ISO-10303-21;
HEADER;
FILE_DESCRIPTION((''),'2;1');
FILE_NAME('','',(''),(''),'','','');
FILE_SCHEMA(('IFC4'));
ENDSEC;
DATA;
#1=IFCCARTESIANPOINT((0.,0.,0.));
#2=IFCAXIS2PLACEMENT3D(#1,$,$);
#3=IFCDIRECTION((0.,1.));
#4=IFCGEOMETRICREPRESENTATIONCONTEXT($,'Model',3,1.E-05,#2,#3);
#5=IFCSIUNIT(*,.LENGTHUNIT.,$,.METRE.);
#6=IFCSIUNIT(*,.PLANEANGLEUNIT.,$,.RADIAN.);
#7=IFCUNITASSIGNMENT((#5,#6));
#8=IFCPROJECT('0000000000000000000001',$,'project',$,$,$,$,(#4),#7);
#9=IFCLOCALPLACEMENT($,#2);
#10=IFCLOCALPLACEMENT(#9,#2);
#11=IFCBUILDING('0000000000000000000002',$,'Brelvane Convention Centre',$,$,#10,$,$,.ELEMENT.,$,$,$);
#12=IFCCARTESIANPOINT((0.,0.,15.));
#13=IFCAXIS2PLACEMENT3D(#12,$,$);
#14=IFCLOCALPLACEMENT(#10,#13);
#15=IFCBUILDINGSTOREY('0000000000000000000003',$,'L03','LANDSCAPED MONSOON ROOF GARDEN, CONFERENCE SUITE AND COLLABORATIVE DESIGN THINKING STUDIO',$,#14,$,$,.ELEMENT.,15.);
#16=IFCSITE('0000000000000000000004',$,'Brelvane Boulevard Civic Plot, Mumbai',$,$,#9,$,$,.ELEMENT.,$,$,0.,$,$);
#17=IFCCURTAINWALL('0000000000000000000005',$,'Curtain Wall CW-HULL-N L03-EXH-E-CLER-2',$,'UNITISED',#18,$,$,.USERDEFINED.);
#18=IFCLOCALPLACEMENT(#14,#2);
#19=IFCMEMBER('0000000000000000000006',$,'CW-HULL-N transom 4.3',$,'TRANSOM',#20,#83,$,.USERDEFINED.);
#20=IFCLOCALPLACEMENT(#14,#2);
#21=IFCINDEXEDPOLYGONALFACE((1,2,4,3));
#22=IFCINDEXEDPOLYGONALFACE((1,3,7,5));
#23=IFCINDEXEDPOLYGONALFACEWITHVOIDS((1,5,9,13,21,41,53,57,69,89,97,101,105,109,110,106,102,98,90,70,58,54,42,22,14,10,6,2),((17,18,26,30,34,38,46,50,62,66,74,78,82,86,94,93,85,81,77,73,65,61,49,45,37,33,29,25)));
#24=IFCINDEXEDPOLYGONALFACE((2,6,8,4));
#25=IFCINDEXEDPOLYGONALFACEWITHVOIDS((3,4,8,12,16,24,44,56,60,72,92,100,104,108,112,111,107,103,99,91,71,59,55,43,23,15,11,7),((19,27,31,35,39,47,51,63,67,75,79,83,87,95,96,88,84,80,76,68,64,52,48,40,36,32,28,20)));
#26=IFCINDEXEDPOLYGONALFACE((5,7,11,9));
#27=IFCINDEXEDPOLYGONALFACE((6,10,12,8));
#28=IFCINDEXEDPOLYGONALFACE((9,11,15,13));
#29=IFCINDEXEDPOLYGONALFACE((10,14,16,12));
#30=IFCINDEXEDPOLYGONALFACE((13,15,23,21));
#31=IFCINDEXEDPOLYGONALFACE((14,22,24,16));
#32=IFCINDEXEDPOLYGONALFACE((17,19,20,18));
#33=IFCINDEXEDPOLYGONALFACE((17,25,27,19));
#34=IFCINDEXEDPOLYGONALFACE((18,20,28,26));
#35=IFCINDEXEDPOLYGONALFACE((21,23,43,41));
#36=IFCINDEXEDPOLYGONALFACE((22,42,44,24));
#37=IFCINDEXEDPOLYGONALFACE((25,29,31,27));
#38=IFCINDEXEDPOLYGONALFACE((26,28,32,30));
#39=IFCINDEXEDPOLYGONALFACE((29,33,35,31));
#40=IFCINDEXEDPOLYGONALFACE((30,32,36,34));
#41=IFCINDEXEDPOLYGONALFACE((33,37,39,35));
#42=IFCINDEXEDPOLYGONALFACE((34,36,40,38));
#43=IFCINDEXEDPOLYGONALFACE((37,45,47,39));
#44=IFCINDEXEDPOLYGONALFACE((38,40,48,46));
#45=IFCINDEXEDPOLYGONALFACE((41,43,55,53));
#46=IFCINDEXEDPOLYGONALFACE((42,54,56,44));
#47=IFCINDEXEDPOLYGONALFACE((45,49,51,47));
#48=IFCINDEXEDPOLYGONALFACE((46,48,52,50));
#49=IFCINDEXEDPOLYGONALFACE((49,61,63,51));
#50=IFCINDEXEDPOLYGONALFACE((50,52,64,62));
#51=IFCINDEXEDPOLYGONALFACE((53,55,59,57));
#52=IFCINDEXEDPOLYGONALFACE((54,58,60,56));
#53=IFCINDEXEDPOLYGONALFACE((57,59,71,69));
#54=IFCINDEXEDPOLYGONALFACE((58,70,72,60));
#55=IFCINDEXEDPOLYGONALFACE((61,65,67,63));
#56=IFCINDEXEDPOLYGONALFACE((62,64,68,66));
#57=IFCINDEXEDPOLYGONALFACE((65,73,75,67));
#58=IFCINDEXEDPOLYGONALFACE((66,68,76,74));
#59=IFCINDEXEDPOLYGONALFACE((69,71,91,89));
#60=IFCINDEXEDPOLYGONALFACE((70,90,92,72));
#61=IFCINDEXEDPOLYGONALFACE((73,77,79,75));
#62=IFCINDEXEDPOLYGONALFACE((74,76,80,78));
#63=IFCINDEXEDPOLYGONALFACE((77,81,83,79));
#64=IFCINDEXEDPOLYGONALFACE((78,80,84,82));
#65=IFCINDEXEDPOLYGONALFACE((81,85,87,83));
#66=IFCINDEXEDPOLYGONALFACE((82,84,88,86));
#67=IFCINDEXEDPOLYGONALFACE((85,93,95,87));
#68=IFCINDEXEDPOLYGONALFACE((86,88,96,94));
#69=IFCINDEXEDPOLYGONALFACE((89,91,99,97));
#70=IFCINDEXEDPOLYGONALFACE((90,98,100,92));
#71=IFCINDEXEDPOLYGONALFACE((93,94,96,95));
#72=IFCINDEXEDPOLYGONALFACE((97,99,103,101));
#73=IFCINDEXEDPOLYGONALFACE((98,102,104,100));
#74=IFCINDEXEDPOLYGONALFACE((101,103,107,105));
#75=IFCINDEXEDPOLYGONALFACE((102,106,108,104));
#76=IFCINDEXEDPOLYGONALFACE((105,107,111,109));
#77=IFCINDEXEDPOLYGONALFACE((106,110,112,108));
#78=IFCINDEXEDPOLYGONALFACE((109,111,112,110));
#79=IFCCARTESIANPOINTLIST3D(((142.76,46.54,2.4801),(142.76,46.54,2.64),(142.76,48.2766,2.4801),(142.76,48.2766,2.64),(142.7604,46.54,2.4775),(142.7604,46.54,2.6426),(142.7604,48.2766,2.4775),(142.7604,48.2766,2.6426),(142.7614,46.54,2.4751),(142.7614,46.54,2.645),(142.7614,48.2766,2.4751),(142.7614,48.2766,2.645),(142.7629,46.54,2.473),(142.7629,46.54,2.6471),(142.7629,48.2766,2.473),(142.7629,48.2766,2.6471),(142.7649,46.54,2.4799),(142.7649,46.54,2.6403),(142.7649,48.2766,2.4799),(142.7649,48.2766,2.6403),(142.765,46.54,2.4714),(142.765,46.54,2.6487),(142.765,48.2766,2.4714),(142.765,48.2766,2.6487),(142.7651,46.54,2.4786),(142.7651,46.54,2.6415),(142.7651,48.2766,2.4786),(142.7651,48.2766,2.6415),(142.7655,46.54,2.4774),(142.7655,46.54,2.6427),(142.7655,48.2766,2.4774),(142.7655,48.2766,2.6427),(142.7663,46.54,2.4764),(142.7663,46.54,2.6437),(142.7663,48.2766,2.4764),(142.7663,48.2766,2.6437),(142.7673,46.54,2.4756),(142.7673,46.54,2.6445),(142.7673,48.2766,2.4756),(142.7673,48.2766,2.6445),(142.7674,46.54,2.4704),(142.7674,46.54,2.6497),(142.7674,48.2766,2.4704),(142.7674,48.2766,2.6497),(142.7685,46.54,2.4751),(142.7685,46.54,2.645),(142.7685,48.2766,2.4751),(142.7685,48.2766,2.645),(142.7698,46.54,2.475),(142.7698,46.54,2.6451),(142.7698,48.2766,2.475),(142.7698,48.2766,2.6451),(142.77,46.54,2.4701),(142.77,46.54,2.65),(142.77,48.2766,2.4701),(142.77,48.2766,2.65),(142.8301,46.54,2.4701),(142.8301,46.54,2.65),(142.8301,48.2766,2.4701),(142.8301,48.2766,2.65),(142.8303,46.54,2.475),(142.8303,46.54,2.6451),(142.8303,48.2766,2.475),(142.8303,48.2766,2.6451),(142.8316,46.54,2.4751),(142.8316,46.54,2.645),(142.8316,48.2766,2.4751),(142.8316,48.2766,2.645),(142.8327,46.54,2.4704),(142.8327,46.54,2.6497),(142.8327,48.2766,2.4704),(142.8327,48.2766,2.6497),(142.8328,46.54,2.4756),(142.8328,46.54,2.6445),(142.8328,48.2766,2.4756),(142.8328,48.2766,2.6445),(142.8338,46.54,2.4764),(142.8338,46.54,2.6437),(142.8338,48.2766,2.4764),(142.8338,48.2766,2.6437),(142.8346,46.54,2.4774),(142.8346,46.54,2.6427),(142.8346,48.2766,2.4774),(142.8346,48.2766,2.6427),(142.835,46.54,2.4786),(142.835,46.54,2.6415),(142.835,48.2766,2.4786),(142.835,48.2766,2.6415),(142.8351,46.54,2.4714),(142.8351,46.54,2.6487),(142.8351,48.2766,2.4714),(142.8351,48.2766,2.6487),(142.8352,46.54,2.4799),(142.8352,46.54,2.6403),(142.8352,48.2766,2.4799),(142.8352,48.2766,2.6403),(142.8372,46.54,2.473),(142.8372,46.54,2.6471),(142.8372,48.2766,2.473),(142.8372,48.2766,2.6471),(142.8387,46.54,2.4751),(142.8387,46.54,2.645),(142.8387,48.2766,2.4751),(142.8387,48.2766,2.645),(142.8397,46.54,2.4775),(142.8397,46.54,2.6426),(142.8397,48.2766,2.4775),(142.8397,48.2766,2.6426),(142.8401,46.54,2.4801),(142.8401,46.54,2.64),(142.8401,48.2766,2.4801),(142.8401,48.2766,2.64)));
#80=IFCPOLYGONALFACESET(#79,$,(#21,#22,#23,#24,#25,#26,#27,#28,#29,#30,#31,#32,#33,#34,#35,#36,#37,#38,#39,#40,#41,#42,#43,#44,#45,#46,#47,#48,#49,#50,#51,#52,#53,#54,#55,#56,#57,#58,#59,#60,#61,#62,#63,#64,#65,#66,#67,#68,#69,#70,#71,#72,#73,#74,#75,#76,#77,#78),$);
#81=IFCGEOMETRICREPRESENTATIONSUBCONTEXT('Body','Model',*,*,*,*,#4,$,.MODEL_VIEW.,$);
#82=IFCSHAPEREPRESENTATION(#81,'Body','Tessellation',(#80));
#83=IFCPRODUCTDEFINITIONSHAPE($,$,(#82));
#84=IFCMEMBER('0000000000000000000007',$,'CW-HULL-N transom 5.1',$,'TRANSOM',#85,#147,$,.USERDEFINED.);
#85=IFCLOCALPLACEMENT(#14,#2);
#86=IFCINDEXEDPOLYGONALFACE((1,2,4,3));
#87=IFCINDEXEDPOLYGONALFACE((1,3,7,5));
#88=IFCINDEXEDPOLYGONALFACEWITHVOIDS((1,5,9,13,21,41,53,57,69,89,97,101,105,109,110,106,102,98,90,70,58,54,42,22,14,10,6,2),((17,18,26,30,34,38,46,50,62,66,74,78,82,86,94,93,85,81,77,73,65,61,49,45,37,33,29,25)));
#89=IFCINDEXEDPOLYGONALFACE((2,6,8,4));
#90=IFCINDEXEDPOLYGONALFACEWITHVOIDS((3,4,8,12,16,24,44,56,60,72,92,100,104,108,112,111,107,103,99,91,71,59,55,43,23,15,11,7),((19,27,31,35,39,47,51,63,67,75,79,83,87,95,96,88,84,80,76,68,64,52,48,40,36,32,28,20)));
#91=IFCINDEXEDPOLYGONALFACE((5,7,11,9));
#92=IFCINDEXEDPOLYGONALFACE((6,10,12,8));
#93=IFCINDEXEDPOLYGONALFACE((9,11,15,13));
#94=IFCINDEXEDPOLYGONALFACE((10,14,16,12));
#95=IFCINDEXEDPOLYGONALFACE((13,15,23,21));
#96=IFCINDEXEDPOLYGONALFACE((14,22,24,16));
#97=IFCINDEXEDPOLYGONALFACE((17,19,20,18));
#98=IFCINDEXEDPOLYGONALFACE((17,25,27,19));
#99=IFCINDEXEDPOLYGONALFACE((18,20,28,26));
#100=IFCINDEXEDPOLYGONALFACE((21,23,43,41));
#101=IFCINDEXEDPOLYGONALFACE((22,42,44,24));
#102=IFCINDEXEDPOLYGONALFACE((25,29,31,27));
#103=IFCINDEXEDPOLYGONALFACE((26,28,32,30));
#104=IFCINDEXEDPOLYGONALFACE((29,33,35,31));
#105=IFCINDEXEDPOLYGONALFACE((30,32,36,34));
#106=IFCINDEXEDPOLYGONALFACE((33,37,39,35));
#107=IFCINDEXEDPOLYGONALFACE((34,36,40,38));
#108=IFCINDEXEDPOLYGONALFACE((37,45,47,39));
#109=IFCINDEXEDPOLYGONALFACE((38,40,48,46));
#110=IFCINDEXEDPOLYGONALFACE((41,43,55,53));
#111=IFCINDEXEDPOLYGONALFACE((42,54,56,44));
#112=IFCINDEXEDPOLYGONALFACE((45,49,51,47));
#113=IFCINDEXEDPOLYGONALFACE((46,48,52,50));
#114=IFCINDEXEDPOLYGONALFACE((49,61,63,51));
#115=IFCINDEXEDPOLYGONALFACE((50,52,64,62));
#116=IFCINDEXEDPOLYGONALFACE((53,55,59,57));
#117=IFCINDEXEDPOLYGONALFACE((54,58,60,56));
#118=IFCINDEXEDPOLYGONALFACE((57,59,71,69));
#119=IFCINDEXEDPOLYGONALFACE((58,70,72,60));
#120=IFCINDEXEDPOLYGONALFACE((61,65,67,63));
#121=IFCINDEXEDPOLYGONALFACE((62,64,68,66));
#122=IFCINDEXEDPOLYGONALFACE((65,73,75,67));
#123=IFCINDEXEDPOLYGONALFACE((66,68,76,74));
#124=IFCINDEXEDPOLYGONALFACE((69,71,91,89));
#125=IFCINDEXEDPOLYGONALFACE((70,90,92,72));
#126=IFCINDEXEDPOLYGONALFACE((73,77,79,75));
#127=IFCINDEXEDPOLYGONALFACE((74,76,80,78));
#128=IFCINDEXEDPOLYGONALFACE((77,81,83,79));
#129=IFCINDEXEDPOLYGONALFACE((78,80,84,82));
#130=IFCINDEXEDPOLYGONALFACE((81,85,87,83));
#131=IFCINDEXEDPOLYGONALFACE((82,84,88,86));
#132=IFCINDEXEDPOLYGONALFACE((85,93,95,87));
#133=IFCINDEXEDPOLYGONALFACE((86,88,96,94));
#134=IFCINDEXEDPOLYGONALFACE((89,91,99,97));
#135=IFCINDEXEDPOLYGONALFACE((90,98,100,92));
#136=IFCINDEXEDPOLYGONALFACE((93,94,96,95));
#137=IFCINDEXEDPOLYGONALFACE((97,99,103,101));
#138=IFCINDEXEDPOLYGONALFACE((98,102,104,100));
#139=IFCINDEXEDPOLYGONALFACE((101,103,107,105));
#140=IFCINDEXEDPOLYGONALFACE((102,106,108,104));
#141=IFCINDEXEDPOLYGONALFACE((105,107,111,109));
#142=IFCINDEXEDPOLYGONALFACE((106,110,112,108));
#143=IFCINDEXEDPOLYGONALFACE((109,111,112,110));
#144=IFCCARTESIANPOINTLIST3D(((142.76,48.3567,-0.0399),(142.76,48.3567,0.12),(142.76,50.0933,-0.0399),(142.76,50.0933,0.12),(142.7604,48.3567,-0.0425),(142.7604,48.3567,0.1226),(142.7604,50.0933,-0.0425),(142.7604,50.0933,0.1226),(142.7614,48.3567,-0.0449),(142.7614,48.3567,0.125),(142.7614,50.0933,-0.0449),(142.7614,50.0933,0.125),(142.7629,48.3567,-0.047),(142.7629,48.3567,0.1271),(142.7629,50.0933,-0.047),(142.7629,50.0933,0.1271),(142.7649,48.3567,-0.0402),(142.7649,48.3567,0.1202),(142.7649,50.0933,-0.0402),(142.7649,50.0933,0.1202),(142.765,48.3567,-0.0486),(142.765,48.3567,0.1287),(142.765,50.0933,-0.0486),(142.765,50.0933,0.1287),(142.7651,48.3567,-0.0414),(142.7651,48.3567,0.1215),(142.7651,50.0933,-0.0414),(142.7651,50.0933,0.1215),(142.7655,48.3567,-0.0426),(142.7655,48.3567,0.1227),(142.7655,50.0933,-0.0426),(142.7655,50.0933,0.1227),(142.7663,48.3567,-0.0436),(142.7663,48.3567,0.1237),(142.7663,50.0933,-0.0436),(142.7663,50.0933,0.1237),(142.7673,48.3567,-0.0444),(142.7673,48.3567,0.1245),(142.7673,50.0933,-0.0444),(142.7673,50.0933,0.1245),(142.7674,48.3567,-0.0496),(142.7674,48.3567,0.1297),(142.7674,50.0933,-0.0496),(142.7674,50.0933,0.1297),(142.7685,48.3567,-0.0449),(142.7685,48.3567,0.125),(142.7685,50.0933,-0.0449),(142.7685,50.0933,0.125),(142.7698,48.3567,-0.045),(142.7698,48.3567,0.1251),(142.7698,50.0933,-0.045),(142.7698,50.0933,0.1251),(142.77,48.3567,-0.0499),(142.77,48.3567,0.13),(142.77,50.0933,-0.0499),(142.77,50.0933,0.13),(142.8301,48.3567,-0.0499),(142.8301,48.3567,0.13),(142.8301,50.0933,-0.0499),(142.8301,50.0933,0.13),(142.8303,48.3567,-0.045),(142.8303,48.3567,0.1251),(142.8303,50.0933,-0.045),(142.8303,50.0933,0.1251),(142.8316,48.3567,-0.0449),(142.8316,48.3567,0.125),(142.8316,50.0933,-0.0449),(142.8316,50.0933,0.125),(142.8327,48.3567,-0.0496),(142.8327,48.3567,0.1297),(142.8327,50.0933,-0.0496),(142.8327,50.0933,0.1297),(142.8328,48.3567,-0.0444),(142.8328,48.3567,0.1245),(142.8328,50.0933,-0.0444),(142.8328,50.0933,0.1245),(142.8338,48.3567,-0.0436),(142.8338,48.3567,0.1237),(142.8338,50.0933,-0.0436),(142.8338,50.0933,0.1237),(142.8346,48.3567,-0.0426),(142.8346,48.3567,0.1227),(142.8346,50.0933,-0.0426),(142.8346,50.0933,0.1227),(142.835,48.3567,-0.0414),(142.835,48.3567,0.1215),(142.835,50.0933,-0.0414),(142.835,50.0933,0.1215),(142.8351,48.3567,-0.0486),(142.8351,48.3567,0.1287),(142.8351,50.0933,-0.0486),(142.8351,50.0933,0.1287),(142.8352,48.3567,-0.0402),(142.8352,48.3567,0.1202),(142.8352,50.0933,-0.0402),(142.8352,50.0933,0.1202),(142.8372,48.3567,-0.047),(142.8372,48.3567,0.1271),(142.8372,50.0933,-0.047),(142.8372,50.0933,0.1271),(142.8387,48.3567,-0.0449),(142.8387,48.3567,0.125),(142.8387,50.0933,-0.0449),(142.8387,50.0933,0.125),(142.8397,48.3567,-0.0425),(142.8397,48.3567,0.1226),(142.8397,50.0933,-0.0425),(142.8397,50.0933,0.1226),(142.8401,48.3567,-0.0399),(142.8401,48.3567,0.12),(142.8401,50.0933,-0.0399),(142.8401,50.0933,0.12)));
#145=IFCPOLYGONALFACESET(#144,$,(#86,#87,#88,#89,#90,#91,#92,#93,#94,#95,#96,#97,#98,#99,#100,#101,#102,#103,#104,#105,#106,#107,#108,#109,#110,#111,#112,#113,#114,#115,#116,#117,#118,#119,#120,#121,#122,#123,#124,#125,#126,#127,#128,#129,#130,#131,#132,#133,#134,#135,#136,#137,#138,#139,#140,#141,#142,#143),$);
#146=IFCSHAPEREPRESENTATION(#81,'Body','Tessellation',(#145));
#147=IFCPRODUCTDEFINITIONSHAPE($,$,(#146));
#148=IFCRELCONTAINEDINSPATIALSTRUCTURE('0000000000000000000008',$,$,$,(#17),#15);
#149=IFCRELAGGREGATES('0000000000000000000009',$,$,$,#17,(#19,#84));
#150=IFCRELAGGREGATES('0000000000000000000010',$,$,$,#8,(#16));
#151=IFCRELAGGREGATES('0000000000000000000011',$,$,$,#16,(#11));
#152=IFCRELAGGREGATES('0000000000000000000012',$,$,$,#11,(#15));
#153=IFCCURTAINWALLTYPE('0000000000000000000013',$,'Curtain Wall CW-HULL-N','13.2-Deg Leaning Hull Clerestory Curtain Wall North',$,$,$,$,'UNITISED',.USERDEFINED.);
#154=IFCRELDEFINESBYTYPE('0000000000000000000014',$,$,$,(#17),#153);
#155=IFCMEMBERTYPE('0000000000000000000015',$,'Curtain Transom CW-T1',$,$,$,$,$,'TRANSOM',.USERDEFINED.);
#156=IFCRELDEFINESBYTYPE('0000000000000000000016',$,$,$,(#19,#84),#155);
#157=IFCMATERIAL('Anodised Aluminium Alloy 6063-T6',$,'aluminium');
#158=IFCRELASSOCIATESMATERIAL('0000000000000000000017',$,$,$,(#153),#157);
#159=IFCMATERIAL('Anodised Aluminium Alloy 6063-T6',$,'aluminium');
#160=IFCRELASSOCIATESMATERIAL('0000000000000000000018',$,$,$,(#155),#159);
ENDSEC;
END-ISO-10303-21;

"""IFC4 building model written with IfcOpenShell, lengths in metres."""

from ifc_helpers import new_model, si_unit, direction, frame, origin, origin_2d, place, context, subcontext, project, spatial, hollow_rectangle, extrude, material, material_profile, profile_set, type_object, element, aggregate, save


model = new_model("IFC4")

# Units and contexts
model_context = context("Model", 3, precision=1e-05, world=origin(), true_north=direction((0.0, 1.0)))
body_context = subcontext(model_context, "Body", "Model", "MODEL_VIEW")
ifc_project = project(units=[si_unit("LENGTHUNIT", "METRE"), si_unit("PLANEANGLEUNIT", "RADIAN")], contexts=[model_context])

# Site, building, storey
site_placement = place(None, origin())
site = spatial("IfcSite", under=ifc_project, at=site_placement, Name="Brelvane Boulevard Civic Plot, Mumbai", CompositionType="ELEMENT", RefElevation=0.0)
building_placement = place(site_placement, origin())
building = spatial("IfcBuilding", under=site, at=building_placement, Name="Brelvane Convention Centre", CompositionType="ELEMENT")
storey_placement = place(building_placement, frame((0.0, 0.0, 15.0)))
storey = spatial("IfcBuildingStorey", under=building, at=storey_placement, Name="L03", Description="LANDSCAPED MONSOON ROOF GARDEN, CONFERENCE SUITE AND COLLABORATIVE DESIGN THINKING STUDIO", CompositionType="ELEMENT", Elevation=15.0)

# Curtain wall, members
ifc_material_1 = material(Name="Anodised Aluminium Alloy 6063-T6", Category="aluminium")
curtain_wall_type = type_object("IfcCurtainWallType", Name="Curtain Wall CW-HULL-N", Description="13.2-Deg Leaning Hull Clerestory Curtain Wall North", ElementType="UNITISED", PredefinedType="USERDEFINED", material=ifc_material_1)
curtain_wall_placement = place(storey_placement, origin())
curtain_wall = element("IfcCurtainWall", 1, at=curtain_wall_placement, inside=storey, type_object=curtain_wall_type, Name="Curtain Wall CW-HULL-N L03-EXH-E-CLER-2", ObjectType="UNITISED", PredefinedType="USERDEFINED")
ifc_material_2 = material(Name="Anodised Aluminium Alloy 6063-T6", Category="aluminium")
ifc_material_profile_1 = material_profile(ifc_material_2, hollow_rectangle(XDim=0.0801, YDim=0.1799, WallThickness=0.0049, InnerFilletRadius=0.0049, OuterFilletRadius=0.01, at=origin_2d()), Name="ALU-T 180x80x5.0")
ifc_profile_set_1 = profile_set([ifc_material_profile_1], Name="Anodised Aluminium Alloy 6063-T6")
member_type_1 = type_object("IfcMemberType", Name="Curtain Transom CW-T1", ElementType="TRANSOM", PredefinedType="USERDEFINED", material=ifc_profile_set_1)
member_1_placement = place(storey_placement, frame((142.8, 46.54, 2.5601), z_axis=(0.0, 1.0, 0.0), x_axis=(-1.0, 0.0, 0.0)))
member_1 = element("IfcMember", 2, at=member_1_placement, type_object=member_type_1, Name="CW-HULL-N transom 4.3", ObjectType="TRANSOM", PredefinedType="USERDEFINED", context=body_context, shape_type="SweptSolid", body=[
    extrude(hollow_rectangle(XDim=0.0801, YDim=0.1799, WallThickness=0.0049, InnerFilletRadius=0.0049, OuterFilletRadius=0.01, at=origin_2d()), origin(), (0.0, 0.0, 1.0), 1.7366),
])
member_2_placement = place(storey_placement, frame((142.8, 48.3567, 0.04), z_axis=(0.0, 1.0, 0.0), x_axis=(-1.0, 0.0, 0.0)))
member_2 = element("IfcMember", 3, at=member_2_placement, type_object=member_type_1, Name="CW-HULL-N transom 5.1", ObjectType="TRANSOM", PredefinedType="USERDEFINED", context=body_context, shape_type="SweptSolid", body=[
    extrude(hollow_rectangle(XDim=0.0801, YDim=0.1799, WallThickness=0.0049, InnerFilletRadius=0.0049, OuterFilletRadius=0.01, at=origin_2d()), origin(), (0.0, 0.0, 1.0), 1.7366),
])
aggregate(curtain_wall, [member_1, member_2])

save(model, "model.ifc")
